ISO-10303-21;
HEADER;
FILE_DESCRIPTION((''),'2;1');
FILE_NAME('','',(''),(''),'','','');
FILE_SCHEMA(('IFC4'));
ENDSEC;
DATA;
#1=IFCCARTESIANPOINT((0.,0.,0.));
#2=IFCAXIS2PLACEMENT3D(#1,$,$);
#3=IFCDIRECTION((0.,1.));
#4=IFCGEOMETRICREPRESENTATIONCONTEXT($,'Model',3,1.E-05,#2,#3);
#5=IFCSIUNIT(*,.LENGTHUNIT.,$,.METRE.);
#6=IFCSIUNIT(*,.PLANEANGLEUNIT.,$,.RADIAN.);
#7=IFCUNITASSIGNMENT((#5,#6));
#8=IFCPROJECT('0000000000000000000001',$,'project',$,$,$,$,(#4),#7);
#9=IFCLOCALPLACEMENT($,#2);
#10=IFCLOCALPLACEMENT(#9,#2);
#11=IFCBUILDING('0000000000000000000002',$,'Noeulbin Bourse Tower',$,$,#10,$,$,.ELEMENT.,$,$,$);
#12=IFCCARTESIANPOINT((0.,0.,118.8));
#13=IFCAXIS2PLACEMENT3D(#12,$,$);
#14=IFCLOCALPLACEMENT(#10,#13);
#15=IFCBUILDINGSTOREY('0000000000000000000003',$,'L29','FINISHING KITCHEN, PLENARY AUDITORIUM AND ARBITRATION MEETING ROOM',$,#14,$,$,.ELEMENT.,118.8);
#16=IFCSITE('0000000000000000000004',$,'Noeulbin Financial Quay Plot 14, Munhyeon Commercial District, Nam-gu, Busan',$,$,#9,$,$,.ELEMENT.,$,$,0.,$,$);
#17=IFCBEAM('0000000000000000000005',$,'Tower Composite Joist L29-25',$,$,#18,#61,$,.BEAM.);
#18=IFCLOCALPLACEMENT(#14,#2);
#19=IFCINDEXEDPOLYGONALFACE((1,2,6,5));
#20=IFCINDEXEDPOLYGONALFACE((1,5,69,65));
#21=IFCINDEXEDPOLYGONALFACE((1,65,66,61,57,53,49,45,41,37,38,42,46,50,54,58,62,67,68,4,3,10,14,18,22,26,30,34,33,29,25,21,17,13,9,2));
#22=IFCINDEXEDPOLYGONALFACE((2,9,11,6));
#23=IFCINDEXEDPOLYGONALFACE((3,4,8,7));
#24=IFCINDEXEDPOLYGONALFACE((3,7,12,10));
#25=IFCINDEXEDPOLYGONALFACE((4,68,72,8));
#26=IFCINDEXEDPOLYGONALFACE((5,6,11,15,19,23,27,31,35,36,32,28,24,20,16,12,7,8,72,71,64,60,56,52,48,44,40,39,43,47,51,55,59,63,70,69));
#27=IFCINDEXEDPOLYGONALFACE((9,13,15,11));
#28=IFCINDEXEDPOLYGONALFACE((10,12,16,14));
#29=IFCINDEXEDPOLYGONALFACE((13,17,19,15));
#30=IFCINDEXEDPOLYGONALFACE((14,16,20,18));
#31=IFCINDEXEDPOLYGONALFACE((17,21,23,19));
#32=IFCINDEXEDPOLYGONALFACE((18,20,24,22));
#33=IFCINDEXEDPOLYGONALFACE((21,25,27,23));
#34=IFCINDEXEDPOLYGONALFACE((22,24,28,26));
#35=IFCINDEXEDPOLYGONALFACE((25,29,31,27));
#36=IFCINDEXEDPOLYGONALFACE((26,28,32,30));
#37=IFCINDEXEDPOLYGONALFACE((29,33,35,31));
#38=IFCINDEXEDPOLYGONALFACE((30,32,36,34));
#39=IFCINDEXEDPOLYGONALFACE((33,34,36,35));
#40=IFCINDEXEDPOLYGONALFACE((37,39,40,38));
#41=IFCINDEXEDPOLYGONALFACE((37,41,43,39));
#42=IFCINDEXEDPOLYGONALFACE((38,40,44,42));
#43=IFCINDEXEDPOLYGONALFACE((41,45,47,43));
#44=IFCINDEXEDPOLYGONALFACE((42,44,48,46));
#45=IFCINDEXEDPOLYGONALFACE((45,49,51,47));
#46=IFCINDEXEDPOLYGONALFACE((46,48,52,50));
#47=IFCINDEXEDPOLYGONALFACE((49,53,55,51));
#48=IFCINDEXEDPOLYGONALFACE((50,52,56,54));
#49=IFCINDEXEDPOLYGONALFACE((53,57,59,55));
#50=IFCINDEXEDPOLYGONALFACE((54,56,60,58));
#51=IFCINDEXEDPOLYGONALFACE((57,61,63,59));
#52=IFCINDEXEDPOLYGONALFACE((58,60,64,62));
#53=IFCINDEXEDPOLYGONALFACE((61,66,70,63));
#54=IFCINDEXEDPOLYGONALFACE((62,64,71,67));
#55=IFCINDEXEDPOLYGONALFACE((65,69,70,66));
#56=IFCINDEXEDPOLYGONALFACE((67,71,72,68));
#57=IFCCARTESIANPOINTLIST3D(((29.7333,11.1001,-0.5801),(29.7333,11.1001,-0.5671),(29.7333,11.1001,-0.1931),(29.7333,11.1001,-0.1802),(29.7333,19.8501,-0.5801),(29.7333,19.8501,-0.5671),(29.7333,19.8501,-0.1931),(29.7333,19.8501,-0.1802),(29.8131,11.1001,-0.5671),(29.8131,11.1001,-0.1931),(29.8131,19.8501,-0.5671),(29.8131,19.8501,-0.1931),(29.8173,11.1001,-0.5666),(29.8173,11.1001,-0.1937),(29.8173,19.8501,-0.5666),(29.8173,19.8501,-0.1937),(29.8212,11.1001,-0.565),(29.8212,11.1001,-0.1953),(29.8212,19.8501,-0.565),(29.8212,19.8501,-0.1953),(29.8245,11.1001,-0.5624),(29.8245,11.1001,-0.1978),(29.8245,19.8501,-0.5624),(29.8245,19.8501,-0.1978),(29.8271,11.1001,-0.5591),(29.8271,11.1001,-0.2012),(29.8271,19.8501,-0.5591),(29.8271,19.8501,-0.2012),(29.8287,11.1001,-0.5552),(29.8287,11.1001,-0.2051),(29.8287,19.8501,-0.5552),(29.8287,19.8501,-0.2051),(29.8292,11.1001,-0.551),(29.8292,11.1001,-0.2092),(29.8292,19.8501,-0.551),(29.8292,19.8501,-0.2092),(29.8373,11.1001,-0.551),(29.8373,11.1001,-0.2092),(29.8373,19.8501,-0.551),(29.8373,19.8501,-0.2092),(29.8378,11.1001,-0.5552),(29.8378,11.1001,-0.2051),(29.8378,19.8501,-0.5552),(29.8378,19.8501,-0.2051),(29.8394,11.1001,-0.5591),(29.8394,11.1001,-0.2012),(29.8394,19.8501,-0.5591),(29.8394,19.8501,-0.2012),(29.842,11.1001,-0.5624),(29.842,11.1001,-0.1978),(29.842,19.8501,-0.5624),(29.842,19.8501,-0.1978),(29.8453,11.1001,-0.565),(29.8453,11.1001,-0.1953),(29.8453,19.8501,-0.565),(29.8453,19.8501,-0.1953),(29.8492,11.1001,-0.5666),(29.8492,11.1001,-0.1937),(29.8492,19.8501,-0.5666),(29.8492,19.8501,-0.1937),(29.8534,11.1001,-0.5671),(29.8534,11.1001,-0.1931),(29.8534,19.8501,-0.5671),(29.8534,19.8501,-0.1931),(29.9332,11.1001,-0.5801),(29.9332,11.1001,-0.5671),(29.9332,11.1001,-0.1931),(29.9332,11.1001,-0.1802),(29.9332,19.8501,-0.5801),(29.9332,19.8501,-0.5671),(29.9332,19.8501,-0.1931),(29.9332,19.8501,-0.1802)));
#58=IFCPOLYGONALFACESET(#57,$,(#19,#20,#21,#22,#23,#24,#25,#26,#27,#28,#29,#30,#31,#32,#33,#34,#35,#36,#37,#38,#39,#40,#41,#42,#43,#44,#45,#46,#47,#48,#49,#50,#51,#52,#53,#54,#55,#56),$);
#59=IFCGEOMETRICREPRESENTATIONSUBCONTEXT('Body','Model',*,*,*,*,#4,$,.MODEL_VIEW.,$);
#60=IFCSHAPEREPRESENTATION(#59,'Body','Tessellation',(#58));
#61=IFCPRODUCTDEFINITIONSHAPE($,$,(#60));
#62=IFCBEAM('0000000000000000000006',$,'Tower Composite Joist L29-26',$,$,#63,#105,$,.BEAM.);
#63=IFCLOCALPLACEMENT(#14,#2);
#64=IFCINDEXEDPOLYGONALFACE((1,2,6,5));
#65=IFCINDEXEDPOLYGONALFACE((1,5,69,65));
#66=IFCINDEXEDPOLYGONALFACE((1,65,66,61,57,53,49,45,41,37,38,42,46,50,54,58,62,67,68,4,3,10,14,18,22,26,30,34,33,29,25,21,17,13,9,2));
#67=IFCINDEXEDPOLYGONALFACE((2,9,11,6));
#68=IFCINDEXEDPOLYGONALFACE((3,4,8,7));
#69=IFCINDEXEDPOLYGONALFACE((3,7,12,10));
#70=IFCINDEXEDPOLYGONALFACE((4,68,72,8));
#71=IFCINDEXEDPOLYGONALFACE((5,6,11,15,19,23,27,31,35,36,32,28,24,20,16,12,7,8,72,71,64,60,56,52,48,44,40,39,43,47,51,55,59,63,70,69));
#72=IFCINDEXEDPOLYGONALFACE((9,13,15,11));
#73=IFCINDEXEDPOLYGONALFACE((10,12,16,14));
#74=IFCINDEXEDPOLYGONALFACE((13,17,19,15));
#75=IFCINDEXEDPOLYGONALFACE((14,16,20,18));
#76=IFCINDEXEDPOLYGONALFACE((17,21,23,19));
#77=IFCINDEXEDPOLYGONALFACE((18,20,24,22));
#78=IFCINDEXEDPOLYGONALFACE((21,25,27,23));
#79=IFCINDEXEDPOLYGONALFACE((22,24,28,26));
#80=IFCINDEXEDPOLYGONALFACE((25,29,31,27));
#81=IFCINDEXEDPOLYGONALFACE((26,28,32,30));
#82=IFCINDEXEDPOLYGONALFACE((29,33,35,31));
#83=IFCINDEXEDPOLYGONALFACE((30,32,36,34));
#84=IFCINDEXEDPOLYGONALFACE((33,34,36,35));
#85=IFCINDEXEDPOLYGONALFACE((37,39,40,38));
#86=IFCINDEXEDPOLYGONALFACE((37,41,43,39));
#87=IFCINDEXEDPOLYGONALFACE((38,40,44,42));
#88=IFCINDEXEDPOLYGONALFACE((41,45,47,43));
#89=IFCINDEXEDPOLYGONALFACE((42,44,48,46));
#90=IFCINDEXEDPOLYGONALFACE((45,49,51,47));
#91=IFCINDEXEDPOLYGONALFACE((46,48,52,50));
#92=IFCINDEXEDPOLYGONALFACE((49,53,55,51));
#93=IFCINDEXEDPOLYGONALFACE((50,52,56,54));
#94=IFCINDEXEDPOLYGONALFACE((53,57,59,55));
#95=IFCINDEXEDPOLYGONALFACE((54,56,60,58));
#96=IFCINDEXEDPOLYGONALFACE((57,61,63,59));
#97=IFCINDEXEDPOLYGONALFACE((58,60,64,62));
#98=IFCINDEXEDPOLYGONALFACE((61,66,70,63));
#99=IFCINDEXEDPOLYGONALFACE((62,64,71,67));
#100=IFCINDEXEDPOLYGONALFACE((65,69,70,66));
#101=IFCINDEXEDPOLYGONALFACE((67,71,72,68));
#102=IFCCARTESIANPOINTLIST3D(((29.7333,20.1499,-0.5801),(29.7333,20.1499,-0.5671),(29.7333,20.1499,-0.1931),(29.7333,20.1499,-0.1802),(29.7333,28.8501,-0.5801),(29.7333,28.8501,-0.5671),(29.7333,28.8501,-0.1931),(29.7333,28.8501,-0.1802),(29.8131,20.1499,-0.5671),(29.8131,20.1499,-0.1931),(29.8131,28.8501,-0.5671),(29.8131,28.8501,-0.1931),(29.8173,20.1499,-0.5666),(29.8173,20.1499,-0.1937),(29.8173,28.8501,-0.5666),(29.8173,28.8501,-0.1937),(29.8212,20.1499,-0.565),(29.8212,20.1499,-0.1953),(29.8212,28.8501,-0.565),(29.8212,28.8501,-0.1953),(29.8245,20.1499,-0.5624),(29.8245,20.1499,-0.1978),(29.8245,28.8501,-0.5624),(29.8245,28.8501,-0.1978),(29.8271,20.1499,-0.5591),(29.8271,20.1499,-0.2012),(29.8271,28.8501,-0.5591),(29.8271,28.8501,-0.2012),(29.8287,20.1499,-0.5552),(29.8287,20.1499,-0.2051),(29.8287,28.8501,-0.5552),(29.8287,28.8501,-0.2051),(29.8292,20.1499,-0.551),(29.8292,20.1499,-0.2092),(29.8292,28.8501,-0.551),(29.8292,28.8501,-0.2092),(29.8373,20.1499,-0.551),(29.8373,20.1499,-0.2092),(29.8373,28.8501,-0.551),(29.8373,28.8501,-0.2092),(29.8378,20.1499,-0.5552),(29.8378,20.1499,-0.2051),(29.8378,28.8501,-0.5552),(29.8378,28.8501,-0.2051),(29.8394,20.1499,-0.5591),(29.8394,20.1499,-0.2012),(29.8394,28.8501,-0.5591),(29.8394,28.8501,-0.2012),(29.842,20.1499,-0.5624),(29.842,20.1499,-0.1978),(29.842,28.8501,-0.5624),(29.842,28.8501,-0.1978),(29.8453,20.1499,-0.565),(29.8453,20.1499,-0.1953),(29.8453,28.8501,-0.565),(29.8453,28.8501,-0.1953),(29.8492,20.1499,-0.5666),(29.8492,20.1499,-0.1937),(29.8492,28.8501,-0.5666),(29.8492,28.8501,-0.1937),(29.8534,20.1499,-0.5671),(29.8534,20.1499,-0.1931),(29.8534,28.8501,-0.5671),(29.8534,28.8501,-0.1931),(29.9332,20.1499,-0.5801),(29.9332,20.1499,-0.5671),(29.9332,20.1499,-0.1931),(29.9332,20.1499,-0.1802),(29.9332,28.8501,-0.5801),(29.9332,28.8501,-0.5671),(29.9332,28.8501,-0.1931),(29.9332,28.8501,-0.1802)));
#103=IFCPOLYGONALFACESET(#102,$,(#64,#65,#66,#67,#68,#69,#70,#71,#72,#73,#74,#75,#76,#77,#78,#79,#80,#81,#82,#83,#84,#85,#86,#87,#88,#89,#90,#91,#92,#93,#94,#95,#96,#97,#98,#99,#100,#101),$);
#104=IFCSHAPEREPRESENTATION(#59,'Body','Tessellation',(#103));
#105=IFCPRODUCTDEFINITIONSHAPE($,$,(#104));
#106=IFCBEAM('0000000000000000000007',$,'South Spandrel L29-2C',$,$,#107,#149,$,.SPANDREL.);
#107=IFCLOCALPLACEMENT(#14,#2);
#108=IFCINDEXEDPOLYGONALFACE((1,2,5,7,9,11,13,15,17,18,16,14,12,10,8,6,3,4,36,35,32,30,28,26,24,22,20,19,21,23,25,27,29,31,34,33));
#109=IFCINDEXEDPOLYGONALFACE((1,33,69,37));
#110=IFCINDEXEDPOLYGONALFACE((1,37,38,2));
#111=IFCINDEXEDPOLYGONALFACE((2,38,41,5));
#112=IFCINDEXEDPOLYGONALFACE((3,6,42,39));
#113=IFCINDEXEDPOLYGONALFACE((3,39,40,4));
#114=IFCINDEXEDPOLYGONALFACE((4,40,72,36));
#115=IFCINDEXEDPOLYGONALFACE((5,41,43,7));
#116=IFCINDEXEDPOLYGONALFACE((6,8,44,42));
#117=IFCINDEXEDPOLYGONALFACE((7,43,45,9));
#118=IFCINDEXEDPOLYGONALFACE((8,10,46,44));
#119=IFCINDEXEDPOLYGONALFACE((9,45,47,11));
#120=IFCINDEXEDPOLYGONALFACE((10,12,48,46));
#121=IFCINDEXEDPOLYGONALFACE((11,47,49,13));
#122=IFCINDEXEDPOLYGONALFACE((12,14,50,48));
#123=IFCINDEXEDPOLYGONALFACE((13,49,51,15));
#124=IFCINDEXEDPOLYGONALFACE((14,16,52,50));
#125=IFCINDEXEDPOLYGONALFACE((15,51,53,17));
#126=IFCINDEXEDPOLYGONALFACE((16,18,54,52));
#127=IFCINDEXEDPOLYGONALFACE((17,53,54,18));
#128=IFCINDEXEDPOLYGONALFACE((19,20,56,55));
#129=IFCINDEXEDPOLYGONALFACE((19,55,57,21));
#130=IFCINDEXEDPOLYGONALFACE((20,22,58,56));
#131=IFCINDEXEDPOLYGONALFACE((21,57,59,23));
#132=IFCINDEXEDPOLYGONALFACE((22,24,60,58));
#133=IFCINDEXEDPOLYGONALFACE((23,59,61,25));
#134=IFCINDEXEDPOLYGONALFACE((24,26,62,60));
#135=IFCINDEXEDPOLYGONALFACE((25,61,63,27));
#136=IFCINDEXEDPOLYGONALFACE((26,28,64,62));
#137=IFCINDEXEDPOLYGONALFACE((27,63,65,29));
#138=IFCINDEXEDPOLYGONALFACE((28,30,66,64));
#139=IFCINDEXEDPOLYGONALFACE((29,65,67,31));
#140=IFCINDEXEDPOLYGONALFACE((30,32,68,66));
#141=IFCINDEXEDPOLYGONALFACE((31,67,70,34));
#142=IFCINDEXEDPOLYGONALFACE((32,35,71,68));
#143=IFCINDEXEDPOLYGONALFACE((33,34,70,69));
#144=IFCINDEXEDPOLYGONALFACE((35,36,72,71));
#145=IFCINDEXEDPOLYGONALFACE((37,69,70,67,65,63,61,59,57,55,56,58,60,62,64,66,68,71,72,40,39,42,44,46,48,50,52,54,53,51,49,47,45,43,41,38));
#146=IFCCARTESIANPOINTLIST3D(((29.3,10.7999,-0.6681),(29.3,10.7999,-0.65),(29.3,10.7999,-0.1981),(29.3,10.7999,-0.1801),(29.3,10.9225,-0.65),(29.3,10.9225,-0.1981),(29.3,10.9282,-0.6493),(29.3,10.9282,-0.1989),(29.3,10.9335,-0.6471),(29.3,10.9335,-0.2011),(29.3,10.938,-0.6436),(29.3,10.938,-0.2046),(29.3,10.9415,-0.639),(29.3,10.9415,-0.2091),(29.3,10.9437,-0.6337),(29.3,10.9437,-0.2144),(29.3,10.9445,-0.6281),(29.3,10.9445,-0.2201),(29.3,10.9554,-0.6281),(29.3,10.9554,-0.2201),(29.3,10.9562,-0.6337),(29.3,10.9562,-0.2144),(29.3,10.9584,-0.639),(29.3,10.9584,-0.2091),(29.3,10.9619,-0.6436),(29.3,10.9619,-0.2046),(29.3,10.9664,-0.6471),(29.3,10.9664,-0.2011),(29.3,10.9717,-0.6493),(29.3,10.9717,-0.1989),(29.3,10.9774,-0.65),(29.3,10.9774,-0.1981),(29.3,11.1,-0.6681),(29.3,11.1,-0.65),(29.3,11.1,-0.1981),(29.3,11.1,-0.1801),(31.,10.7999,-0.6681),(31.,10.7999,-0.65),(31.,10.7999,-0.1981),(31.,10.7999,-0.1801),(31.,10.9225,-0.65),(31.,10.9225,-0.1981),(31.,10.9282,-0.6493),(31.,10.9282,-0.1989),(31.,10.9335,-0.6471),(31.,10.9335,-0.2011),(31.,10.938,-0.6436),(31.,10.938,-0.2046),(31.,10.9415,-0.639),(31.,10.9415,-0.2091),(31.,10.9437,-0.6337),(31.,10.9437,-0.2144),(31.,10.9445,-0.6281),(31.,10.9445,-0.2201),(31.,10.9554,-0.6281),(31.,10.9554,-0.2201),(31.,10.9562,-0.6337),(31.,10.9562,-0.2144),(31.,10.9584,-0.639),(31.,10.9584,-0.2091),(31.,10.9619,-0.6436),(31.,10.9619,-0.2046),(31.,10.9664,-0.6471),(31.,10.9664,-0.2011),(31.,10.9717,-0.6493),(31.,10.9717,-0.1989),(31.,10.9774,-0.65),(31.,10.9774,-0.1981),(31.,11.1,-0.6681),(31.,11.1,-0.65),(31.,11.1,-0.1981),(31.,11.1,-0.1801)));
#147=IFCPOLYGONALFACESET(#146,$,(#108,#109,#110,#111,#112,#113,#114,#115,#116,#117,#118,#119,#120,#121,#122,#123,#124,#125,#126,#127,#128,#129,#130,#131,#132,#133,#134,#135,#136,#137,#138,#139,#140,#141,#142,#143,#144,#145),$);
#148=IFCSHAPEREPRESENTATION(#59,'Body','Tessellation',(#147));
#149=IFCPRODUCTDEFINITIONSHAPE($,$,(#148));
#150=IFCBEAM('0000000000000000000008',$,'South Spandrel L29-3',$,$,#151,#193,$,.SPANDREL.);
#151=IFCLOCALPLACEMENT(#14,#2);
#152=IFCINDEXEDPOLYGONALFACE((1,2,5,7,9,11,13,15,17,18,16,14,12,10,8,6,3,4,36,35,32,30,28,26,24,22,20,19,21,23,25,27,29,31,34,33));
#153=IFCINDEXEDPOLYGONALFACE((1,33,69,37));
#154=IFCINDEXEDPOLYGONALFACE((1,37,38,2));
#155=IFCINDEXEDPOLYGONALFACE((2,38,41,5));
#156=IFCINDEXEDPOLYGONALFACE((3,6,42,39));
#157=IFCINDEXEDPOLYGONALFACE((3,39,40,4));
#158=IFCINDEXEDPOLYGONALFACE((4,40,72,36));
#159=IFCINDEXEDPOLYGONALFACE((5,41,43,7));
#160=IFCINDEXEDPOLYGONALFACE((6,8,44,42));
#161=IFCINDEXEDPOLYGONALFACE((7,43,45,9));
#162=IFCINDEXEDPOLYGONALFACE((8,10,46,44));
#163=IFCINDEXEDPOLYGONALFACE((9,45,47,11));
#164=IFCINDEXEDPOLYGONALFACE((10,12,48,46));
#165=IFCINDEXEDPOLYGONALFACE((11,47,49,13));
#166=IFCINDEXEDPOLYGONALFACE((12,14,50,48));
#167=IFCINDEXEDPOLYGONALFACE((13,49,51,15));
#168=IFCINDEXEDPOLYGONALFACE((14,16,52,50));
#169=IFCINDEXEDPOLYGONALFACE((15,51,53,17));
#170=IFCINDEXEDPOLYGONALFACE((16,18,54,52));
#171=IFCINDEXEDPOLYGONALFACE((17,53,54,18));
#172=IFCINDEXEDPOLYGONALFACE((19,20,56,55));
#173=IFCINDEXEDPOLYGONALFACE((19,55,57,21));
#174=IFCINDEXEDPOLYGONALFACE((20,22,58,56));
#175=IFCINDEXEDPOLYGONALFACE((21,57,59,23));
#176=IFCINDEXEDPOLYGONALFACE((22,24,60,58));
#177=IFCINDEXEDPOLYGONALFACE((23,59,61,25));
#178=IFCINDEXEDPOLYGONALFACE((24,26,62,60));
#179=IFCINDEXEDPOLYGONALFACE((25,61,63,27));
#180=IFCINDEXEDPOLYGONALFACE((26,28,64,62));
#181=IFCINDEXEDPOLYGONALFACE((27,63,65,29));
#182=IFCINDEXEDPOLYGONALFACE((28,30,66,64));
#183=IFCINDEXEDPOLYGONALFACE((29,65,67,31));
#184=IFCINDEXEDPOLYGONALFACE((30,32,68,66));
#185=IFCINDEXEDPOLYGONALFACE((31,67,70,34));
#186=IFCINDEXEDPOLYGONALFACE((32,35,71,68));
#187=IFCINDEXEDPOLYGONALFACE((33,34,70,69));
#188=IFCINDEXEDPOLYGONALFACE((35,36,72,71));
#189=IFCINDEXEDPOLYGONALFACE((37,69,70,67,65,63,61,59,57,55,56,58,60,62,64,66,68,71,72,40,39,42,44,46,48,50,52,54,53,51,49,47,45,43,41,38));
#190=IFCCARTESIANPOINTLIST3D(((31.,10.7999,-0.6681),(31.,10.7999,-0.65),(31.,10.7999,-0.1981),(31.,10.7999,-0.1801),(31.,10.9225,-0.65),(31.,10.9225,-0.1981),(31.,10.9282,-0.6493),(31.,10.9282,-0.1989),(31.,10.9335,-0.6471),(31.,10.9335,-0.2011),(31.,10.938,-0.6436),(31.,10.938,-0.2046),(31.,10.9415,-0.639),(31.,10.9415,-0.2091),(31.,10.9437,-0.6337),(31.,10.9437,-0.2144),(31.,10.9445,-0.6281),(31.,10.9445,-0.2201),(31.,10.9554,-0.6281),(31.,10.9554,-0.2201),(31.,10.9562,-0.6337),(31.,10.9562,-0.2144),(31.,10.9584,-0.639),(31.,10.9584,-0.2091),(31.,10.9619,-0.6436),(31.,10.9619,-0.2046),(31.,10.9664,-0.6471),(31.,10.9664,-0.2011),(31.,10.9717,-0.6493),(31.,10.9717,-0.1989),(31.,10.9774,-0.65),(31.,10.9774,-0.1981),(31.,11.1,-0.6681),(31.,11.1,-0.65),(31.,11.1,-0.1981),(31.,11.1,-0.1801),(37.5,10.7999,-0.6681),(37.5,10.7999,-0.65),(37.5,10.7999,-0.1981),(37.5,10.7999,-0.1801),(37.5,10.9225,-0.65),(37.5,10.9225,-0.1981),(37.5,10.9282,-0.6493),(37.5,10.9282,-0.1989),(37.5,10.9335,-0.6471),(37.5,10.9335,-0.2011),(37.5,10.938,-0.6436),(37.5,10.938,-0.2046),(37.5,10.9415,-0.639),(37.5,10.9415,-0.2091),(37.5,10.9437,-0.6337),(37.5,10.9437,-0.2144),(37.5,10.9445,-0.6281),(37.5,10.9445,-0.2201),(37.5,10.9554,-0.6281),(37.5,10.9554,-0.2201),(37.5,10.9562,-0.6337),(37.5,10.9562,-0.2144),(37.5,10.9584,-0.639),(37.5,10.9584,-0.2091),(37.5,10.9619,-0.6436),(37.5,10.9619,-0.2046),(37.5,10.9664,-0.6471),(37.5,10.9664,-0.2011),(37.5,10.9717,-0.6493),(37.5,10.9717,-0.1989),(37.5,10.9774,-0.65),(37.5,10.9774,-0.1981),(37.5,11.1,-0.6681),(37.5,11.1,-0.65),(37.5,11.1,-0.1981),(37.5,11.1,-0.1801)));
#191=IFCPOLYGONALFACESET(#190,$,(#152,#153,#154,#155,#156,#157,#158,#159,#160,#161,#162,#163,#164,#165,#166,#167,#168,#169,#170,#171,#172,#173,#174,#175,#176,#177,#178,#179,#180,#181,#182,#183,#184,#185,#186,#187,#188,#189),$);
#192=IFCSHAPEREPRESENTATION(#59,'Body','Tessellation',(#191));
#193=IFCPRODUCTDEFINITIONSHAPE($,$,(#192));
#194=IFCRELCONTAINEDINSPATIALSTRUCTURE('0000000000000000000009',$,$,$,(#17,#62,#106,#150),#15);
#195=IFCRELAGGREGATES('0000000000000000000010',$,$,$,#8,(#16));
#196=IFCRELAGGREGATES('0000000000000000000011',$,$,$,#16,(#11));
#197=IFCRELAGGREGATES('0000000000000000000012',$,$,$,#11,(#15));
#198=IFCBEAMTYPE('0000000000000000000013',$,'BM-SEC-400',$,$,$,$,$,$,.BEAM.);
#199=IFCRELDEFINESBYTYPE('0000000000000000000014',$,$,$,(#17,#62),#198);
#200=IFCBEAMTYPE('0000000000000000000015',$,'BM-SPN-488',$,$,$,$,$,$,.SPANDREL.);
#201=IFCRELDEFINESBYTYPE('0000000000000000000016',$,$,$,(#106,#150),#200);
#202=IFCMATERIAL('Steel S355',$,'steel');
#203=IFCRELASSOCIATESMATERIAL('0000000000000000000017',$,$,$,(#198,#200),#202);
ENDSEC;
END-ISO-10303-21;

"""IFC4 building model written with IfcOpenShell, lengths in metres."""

from ifc_helpers import new_model, si_unit, direction, frame, origin, origin_2d, place, context, subcontext, project, spatial, i_section, extrude, material, material_profile, profile_set, type_object, element, save


model = new_model("IFC4")

# Units and contexts
model_context = context("Model", 3, precision=1e-05, world=origin(), true_north=direction((0.0, 1.0)))
body_context = subcontext(model_context, "Body", "Model", "MODEL_VIEW")
ifc_project = project(units=[si_unit("LENGTHUNIT", "METRE"), si_unit("PLANEANGLEUNIT", "RADIAN")], contexts=[model_context])

# Site, building, storey
site_placement = place(None, origin())
site = spatial("IfcSite", under=ifc_project, at=site_placement, Name="Noeulbin Financial Quay Plot 14, Munhyeon Commercial District, Nam-gu, Busan", CompositionType="ELEMENT", RefElevation=0.0)
building_placement = place(site_placement, origin())
building = spatial("IfcBuilding", under=site, at=building_placement, Name="Noeulbin Bourse Tower", CompositionType="ELEMENT")
storey_placement = place(building_placement, frame((0.0, 0.0, 118.8)))
storey = spatial("IfcBuildingStorey", under=building, at=storey_placement, Name="L29", Description="FINISHING KITCHEN, PLENARY AUDITORIUM AND ARBITRATION MEETING ROOM", CompositionType="ELEMENT", Elevation=118.8)

# Shared definitions
ifc_material_1 = material(Name="Steel S355", Category="steel")

# Beams
ifc_material_profile_1 = material_profile(ifc_material_1, i_section(OverallWidth=0.2, OverallDepth=0.3999, WebThickness=0.0081, FlangeThickness=0.0129, FilletRadius=0.0161, at=origin_2d()), Name="H-400x200x8x13", Category="LoadBearing")
ifc_profile_set_1 = profile_set([ifc_material_profile_1], Name="Steel S355")
beam_type_1 = type_object("IfcBeamType", Name="BM-SEC-400", PredefinedType="BEAM", material=ifc_profile_set_1)
beam_1_placement = place(storey_placement, frame((29.8333, 11.1001, -0.3801), z_axis=(0.0, 1.0, 0.0), x_axis=(-1.0, 0.0, 0.0)))
element("IfcBeam", 1, at=beam_1_placement, inside=storey, type_object=beam_type_1, Name="Tower Composite Joist L29-25", PredefinedType="BEAM", context=body_context, shape_type="SweptSolid", body=[
    extrude(i_section(OverallWidth=0.2, OverallDepth=0.3999, WebThickness=0.0081, FlangeThickness=0.0129, FilletRadius=0.0161, at=origin_2d()), origin(), (0.0, 0.0, 1.0), 8.75),
])
beam_2_placement = place(storey_placement, frame((29.8333, 20.1499, -0.3801), z_axis=(0.0, 1.0, 0.0), x_axis=(-1.0, 0.0, 0.0)))
element("IfcBeam", 2, at=beam_2_placement, inside=storey, type_object=beam_type_1, Name="Tower Composite Joist L29-26", PredefinedType="BEAM", context=body_context, shape_type="SweptSolid", body=[
    extrude(i_section(OverallWidth=0.2, OverallDepth=0.3999, WebThickness=0.0081, FlangeThickness=0.0129, FilletRadius=0.0161, at=origin_2d()), origin(), (0.0, 0.0, 1.0), 8.7002),
])
ifc_material_profile_2 = material_profile(ifc_material_1, i_section(OverallWidth=0.3, OverallDepth=0.488, WebThickness=0.011, FlangeThickness=0.0181, FilletRadius=0.022, at=origin_2d()), Name="H-488x300x11x18", Category="LoadBearing")
ifc_profile_set_2 = profile_set([ifc_material_profile_2], Name="Steel S355")
beam_type_2 = type_object("IfcBeamType", Name="BM-SPN-488", PredefinedType="SPANDREL", material=ifc_profile_set_2)
beam_3_placement = place(storey_placement, frame((29.3, 10.95, -0.4241), z_axis=(1.0, 0.0, 0.0), x_axis=(0.0, 1.0, 0.0)))
element("IfcBeam", 3, at=beam_3_placement, inside=storey, type_object=beam_type_2, Name="South Spandrel L29-2C", PredefinedType="SPANDREL", context=body_context, shape_type="SweptSolid", body=[
    extrude(i_section(OverallWidth=0.3, OverallDepth=0.488, WebThickness=0.011, FlangeThickness=0.0181, FilletRadius=0.022, at=origin_2d()), origin(), (0.0, 0.0, 1.0), 1.7),
])
beam_4_placement = place(storey_placement, frame((31.0, 10.95, -0.4241), z_axis=(1.0, 0.0, 0.0), x_axis=(0.0, 1.0, 0.0)))
element("IfcBeam", 4, at=beam_4_placement, inside=storey, type_object=beam_type_2, Name="South Spandrel L29-3", PredefinedType="SPANDREL", context=body_context, shape_type="SweptSolid", body=[
    extrude(i_section(OverallWidth=0.3, OverallDepth=0.488, WebThickness=0.011, FlangeThickness=0.0181, FilletRadius=0.022, at=origin_2d()), origin(), (0.0, 0.0, 1.0), 6.5),
])

save(model, "model.ifc")
